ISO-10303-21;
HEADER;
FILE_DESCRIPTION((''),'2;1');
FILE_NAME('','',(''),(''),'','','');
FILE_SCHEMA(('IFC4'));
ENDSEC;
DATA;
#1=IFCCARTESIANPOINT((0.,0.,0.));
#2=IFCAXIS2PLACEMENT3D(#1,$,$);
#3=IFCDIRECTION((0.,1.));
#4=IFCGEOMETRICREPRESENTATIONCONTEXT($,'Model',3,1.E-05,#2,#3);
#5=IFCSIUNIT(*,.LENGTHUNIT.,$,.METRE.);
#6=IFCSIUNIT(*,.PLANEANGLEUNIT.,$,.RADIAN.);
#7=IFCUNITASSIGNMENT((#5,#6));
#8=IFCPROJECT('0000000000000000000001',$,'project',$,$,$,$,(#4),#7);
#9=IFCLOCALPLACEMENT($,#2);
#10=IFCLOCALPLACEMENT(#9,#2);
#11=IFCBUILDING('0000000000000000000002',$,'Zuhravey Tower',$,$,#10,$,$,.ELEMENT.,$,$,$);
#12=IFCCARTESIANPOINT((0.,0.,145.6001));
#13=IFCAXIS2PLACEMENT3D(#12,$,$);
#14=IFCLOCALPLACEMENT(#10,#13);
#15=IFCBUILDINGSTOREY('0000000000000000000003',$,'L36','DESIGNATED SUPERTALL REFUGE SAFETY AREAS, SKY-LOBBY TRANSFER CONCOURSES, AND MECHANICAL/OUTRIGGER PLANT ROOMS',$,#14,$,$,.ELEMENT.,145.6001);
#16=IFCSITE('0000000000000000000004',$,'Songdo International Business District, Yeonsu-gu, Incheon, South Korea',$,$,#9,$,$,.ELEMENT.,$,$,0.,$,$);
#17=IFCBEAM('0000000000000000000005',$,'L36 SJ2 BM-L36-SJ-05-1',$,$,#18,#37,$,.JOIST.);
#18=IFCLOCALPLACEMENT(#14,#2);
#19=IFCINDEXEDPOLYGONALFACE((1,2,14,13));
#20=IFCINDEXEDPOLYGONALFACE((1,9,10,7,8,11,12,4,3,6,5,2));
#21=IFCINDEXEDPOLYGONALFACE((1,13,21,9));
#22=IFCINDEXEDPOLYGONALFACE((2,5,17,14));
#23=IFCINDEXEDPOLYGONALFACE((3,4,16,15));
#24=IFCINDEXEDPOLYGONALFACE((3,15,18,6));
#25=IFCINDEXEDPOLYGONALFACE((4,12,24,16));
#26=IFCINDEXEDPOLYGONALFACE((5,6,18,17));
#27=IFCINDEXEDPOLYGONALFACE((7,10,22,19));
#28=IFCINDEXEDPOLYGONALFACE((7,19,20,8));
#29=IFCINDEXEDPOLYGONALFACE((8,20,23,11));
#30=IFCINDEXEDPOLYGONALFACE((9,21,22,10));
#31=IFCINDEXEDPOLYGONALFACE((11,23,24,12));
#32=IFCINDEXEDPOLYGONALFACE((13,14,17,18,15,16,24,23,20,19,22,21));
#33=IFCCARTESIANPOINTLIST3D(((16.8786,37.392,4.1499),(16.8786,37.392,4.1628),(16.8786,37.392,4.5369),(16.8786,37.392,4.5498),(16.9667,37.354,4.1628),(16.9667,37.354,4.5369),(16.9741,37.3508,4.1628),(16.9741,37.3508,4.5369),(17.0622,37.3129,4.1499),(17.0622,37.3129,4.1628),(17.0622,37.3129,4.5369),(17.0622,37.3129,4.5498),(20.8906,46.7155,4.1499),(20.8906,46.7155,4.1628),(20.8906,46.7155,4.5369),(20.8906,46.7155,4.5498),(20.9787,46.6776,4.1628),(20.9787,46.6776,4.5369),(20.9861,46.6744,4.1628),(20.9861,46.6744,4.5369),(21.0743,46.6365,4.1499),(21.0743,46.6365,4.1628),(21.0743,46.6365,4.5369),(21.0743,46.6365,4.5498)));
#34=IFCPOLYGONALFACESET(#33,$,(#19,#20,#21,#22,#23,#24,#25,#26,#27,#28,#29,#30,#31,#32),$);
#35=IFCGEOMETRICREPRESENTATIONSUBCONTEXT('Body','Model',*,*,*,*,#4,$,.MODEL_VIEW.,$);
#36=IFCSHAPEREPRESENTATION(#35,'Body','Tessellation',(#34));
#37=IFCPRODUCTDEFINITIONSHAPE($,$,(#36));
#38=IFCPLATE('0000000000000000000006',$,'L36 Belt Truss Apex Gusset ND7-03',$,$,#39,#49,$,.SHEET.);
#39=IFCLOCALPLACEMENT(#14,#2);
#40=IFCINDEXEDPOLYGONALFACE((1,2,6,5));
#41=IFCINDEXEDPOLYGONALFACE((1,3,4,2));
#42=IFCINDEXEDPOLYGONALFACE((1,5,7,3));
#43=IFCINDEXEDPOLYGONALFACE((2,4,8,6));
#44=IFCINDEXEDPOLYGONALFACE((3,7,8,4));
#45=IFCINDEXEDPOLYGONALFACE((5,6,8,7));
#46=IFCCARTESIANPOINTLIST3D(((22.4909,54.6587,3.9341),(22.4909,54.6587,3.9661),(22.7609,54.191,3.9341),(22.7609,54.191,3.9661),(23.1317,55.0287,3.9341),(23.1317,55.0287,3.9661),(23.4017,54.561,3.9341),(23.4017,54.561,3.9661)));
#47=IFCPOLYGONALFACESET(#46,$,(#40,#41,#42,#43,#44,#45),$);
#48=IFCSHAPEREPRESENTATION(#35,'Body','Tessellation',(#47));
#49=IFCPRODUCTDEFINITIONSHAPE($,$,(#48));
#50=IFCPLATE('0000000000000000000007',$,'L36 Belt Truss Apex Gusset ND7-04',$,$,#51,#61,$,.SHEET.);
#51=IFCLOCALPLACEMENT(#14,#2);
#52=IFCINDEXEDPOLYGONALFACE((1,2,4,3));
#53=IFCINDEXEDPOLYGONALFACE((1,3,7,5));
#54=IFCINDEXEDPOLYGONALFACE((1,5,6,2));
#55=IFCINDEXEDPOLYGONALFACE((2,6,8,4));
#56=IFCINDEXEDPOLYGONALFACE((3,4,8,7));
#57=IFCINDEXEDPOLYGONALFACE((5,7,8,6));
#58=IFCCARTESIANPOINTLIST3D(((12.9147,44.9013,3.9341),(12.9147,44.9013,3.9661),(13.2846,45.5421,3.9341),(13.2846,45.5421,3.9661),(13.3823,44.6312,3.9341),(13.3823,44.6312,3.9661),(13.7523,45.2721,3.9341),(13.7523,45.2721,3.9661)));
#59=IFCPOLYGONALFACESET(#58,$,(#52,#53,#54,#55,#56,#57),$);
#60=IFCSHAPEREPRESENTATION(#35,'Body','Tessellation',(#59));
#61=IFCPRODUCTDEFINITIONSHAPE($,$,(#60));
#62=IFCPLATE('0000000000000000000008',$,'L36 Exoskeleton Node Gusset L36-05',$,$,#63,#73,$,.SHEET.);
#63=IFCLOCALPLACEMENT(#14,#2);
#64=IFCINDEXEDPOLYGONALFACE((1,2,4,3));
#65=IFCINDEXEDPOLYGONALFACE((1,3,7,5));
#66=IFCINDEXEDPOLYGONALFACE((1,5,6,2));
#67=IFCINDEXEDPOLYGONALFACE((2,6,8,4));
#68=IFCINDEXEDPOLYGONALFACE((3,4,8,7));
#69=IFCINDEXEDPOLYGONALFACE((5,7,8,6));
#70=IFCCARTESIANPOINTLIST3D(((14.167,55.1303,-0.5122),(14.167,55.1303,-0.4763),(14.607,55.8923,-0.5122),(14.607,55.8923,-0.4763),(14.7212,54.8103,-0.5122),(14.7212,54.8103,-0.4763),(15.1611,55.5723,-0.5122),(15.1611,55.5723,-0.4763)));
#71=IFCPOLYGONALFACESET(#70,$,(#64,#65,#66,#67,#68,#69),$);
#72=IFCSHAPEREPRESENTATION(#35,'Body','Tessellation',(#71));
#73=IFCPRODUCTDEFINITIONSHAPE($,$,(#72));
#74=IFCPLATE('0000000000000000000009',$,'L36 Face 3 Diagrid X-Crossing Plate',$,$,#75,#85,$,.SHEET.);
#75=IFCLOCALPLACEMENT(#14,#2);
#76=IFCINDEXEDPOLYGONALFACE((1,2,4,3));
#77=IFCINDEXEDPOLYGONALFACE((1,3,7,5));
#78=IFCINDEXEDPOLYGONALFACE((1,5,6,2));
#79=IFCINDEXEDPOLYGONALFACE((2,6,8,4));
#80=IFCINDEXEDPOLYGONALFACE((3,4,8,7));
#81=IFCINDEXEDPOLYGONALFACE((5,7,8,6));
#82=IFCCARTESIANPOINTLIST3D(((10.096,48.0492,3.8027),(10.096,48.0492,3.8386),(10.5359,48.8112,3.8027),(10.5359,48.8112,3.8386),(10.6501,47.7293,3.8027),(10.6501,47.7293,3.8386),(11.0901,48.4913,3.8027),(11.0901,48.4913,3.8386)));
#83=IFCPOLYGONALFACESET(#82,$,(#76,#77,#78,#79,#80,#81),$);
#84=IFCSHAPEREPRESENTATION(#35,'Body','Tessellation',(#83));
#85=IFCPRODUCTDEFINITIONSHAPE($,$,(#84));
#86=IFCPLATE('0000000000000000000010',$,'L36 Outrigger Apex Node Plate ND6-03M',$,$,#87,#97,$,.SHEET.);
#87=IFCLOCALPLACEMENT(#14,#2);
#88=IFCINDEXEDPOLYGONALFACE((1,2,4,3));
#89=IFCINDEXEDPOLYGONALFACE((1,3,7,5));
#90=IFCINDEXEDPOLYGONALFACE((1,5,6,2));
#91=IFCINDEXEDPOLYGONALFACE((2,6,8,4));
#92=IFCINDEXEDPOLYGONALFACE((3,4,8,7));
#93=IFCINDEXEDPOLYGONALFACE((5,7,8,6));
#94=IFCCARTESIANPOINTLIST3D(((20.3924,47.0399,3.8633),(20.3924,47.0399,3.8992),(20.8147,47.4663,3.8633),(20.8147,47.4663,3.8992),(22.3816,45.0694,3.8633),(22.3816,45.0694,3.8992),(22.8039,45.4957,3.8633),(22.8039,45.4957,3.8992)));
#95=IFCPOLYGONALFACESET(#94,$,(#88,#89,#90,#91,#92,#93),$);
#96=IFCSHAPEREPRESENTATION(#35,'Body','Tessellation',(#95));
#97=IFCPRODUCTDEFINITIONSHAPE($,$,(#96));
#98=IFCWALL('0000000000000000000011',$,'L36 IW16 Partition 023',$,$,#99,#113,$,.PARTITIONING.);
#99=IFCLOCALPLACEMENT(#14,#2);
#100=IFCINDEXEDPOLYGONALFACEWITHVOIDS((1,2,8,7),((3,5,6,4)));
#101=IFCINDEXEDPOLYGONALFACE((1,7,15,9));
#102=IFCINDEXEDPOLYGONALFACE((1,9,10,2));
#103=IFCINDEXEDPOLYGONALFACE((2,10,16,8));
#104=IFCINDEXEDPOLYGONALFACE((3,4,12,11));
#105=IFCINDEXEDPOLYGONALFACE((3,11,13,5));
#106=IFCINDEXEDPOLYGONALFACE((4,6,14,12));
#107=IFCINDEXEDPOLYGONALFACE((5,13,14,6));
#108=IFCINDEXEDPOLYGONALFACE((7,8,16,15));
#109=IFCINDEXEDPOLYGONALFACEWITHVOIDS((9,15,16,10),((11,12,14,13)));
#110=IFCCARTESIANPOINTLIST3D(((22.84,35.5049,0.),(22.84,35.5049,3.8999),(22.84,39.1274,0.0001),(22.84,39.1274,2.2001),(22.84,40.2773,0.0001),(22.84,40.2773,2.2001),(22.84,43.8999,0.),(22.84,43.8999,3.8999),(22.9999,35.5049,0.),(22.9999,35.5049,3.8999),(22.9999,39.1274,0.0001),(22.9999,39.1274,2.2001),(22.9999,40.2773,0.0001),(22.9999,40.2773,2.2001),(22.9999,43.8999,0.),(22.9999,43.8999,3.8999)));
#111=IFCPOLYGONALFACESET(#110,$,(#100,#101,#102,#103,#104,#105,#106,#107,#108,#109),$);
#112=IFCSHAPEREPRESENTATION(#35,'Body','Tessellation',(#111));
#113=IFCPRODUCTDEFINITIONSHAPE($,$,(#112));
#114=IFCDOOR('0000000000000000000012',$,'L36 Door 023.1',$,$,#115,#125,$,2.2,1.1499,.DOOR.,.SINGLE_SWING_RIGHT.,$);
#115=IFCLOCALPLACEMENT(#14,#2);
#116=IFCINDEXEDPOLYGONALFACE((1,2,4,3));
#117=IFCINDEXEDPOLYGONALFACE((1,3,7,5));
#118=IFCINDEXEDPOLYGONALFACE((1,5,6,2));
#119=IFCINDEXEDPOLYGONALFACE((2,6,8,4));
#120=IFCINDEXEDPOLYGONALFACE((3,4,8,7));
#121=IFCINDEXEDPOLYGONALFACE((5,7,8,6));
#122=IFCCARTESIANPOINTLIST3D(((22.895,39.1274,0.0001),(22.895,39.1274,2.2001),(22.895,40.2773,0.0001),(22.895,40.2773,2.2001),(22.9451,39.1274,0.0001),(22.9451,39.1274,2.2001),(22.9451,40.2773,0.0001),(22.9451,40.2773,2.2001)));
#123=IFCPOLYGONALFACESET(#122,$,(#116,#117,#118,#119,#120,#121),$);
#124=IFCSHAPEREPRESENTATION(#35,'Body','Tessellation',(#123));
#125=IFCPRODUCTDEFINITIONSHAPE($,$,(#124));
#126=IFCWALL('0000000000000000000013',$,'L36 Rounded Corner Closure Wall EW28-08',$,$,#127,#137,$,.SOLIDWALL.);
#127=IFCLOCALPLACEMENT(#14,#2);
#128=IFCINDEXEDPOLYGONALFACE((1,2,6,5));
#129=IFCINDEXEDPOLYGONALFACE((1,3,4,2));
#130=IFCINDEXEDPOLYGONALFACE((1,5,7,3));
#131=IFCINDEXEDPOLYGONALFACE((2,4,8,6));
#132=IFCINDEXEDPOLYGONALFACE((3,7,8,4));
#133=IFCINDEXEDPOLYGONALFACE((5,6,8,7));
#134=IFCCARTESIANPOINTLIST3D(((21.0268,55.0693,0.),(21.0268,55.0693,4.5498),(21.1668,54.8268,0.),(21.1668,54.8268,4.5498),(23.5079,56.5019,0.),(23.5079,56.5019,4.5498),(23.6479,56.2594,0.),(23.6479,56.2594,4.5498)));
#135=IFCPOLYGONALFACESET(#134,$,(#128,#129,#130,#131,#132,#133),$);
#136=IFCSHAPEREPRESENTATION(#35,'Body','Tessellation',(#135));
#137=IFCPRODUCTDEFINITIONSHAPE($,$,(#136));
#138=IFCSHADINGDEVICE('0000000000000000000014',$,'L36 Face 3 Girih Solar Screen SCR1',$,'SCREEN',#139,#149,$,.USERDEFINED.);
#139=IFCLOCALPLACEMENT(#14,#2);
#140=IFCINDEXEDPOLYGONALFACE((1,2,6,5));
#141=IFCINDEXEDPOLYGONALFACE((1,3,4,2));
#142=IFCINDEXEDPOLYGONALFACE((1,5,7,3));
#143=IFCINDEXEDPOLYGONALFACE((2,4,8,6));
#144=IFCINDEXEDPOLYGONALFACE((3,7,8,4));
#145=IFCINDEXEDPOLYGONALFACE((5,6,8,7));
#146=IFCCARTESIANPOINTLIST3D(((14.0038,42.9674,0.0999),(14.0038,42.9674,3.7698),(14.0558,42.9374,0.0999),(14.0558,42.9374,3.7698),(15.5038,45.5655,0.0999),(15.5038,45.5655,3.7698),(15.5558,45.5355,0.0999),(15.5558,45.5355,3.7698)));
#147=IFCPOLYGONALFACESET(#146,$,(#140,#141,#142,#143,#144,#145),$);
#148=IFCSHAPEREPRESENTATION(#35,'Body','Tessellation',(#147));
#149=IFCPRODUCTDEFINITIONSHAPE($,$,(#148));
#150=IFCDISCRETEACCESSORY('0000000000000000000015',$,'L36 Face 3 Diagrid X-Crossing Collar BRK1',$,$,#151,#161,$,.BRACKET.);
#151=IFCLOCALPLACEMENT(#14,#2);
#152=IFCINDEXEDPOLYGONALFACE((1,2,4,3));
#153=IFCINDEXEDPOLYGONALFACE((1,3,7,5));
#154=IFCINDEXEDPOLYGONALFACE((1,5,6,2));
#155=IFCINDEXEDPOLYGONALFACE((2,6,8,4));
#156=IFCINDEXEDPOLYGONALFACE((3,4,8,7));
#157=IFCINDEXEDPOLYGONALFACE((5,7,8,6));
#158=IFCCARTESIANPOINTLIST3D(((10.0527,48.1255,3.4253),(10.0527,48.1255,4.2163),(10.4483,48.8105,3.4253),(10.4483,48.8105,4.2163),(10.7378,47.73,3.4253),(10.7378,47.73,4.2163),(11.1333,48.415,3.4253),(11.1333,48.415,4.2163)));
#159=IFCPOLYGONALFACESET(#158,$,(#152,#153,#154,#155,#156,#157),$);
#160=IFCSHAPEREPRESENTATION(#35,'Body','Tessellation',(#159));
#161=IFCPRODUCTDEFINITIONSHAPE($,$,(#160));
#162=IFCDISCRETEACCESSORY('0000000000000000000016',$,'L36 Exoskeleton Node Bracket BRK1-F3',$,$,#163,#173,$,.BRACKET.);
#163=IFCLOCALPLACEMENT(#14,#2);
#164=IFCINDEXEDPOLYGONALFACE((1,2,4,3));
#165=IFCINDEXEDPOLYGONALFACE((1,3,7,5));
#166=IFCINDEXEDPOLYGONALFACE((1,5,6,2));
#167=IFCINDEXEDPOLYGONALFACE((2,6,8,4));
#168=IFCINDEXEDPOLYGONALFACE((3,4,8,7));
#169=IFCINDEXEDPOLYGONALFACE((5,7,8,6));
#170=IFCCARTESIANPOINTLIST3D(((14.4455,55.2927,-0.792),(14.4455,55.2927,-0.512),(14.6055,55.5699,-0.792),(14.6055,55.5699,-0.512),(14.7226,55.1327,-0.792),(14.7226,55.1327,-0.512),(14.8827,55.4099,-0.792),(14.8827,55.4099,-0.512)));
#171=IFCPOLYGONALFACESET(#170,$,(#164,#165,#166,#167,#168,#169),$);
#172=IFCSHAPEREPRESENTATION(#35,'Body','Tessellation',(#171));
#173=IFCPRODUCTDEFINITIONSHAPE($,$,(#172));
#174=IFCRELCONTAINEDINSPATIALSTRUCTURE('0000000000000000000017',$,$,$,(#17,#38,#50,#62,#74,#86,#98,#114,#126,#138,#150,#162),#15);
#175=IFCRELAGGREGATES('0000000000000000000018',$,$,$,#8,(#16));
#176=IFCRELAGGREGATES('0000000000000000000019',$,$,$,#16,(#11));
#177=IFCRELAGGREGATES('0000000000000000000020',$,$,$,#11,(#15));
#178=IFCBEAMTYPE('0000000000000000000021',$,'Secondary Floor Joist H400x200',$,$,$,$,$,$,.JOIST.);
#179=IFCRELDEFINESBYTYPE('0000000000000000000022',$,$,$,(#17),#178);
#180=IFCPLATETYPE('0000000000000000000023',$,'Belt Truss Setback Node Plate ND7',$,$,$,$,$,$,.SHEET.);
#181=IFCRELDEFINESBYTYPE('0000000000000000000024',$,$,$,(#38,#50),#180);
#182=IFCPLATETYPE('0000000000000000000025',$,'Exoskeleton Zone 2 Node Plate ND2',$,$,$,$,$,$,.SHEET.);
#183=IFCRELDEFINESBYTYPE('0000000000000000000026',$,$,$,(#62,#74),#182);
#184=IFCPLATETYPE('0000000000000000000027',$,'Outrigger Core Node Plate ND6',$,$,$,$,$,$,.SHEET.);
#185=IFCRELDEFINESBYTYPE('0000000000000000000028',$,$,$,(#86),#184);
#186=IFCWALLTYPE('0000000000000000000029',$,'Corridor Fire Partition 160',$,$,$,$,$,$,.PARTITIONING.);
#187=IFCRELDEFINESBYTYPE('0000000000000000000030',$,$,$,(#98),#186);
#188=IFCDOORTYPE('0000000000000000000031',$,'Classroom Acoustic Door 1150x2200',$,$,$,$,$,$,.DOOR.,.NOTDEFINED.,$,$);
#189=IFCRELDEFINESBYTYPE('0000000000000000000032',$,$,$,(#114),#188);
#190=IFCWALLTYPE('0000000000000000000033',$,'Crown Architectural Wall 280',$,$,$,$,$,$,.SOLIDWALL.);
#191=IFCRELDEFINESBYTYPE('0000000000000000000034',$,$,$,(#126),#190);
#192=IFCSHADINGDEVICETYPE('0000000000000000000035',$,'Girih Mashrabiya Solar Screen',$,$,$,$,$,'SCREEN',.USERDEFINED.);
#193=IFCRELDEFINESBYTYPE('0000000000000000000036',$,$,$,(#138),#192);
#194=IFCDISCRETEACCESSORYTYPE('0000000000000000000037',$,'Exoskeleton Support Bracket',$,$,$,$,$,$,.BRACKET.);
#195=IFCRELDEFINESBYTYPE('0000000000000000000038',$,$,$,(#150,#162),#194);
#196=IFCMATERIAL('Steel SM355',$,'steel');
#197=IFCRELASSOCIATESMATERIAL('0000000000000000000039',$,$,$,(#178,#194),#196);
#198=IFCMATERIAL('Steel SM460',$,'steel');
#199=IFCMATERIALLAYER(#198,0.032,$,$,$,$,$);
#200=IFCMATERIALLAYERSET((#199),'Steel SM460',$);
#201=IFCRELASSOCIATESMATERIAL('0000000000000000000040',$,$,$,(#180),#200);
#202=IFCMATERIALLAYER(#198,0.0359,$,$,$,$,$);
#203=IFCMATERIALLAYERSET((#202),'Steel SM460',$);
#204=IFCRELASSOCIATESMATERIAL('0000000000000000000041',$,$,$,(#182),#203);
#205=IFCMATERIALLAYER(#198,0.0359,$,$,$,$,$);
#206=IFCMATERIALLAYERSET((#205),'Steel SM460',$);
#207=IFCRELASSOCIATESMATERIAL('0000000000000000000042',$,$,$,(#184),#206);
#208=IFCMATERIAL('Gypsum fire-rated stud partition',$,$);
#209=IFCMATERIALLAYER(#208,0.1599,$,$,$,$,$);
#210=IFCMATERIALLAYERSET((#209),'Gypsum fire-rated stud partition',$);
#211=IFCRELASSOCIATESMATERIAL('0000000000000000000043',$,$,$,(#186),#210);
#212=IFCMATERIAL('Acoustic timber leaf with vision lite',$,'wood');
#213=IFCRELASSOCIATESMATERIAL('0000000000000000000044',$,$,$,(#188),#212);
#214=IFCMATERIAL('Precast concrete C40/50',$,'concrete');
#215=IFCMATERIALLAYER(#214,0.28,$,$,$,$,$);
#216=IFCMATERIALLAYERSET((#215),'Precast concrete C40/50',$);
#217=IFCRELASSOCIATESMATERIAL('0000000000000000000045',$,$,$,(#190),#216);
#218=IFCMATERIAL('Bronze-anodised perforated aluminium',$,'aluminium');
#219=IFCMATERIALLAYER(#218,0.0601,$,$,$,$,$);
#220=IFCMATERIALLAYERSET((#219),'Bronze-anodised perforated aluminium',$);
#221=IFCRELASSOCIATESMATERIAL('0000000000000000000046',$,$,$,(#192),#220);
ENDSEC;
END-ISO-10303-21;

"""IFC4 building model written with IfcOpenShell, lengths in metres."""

from ifc_helpers import new_model, si_unit, direction, frame, frame_2d, origin, origin_2d, place, context, subcontext, project, spatial, rectangle, i_section, extrude, material, layer, layer_set, material_profile, profile_set, type_object, element, fill, save


model = new_model("IFC4")

# Units and contexts
model_context = context("Model", 3, precision=1e-05, world=origin(), true_north=direction((0.0, 1.0)))
body_context = subcontext(model_context, "Body", "Model", "MODEL_VIEW")
ifc_project = project(units=[si_unit("LENGTHUNIT", "METRE"), si_unit("PLANEANGLEUNIT", "RADIAN")], contexts=[model_context])

# Site, building, storey
site_placement = place(None, origin())
site = spatial("IfcSite", under=ifc_project, at=site_placement, Name="Songdo International Business District, Yeonsu-gu, Incheon, South Korea", CompositionType="ELEMENT", RefElevation=0.0)
building_placement = place(site_placement, origin())
building = spatial("IfcBuilding", under=site, at=building_placement, Name="Zuhravey Tower", CompositionType="ELEMENT")
storey_placement = place(building_placement, frame((0.0, 0.0, 145.6001)))
storey = spatial("IfcBuildingStorey", under=building, at=storey_placement, Name="L36", Description="DESIGNATED SUPERTALL REFUGE SAFETY AREAS, SKY-LOBBY TRANSFER CONCOURSES, AND MECHANICAL/OUTRIGGER PLANT ROOMS", CompositionType="ELEMENT", Elevation=145.6001)

# Shared definitions
ifc_material_1 = material(Name="Steel SM355", Category="steel")
ifc_material_2 = material(Name="Steel SM460", Category="steel")

# Beam
ifc_material_profile_1 = material_profile(ifc_material_1, i_section(OverallWidth=0.2, OverallDepth=0.3999, WebThickness=0.0081, FlangeThickness=0.0129, at=origin_2d()), Name="H-400x200x8x13")
ifc_profile_set_1 = profile_set([ifc_material_profile_1], Name="Steel SM355")
beam_type_1 = type_object("IfcBeamType", Name="Secondary Floor Joist H400x200", PredefinedType="JOIST", material=ifc_profile_set_1)
beam_1_placement = place(storey_placement, frame((20.9824, 46.676, 4.3499), z_axis=(-0.395266, -0.918567, 0.0), x_axis=(0.918567, -0.395266, 0.0)))
element("IfcBeam", 1, at=beam_1_placement, inside=storey, type_object=beam_type_1, Name="L36 SJ2 BM-L36-SJ-05-1", PredefinedType="JOIST", context=body_context, shape_type="SweptSolid", body=[
    extrude(i_section(OverallWidth=0.2, OverallDepth=0.3999, WebThickness=0.0081, FlangeThickness=0.0129, at=origin_2d()), origin(), (0.0, 0.0, 1.0), 10.1501),
])

# Plates
ifc_layer_1 = layer(ifc_material_2, 0.032)
ifc_layer_set_1 = layer_set([ifc_layer_1], Name="Steel SM460")
plate_type_1 = type_object("IfcPlateType", Name="Belt Truss Setback Node Plate ND7", PredefinedType="SHEET", material=ifc_layer_set_1)
for number, where, z_axis, x_axis, name in (
    (2, (22.9463, 54.6099, 3.9341), (0.0, 0.0, 1.0), (-0.866025, -0.5, 0.0), "L36 Belt Truss Apex Gusset ND7-03"),
    (3, (13.3335, 45.0867, 3.9341), (0.0, 0.0, 1.0), (-0.5, -0.866025, 0.0), "L36 Belt Truss Apex Gusset ND7-04"),
):
    element("IfcPlate", number, at=place(storey_placement, frame(where, z_axis=z_axis, x_axis=x_axis)), inside=storey, type_object=plate_type_1, Name=name, PredefinedType="SHEET", context=body_context, shape_type="SweptSolid", body=[
        extrude(rectangle(XDim=0.74, YDim=0.54, at=origin_2d()), origin(), (0.0, 0.0, 1.0), 0.032),
    ])
ifc_layer_2 = layer(ifc_material_2, 0.0359)
ifc_layer_set_2 = layer_set([ifc_layer_2], Name="Steel SM460")
plate_type_2 = type_object("IfcPlateType", Name="Exoskeleton Zone 2 Node Plate ND2", PredefinedType="SHEET", material=ifc_layer_set_2)
for number, where, z_axis, x_axis, name in (
    (4, (14.6641, 55.3513, -0.5122), (0.0, 0.0, 1.0), (-0.5, -0.866025, 0.0), "L36 Exoskeleton Node Gusset L36-05"),
    (5, (10.593, 48.2703, 3.8027), (0.0, 0.0, 1.0), (-0.5, -0.866025, 0.0), "L36 Face 3 Diagrid X-Crossing Plate"),
):
    element("IfcPlate", number, at=place(storey_placement, frame(where, z_axis=z_axis, x_axis=x_axis)), inside=storey, type_object=plate_type_2, Name=name, PredefinedType="SHEET", context=body_context, shape_type="SweptSolid", body=[
        extrude(rectangle(XDim=0.8799, YDim=0.6399, at=origin_2d()), origin(), (0.0, 0.0, 1.0), 0.0359),
    ])
ifc_layer_3 = layer(ifc_material_2, 0.0359)
ifc_layer_set_3 = layer_set([ifc_layer_3], Name="Steel SM460")
plate_type_3 = type_object("IfcPlateType", Name="Outrigger Core Node Plate ND6", PredefinedType="SHEET", material=ifc_layer_set_3)
plate_placement = place(storey_placement, frame((21.5981, 46.2678, 3.8633), z_axis=(0.0, 0.0, 1.0), x_axis=(-0.710431, 0.703767, 0.0)))
element("IfcPlate", 6, at=plate_placement, inside=storey, type_object=plate_type_3, Name="L36 Outrigger Apex Node Plate ND6-03M", PredefinedType="SHEET", context=body_context, shape_type="SweptSolid", body=[
    extrude(rectangle(XDim=2.8, YDim=0.6001, at=origin_2d()), origin(), (0.0, 0.0, 1.0), 0.0359),
])

# Wall, opening, door
ifc_material_3 = material(Name="Gypsum fire-rated stud partition")
ifc_layer_4 = layer(ifc_material_3, 0.1599)
ifc_layer_set_4 = layer_set([ifc_layer_4], Name="Gypsum fire-rated stud partition")
wall_type_1 = type_object("IfcWallType", Name="Corridor Fire Partition 160", PredefinedType="PARTITIONING", material=ifc_layer_set_4)
wall_1_placement = place(storey_placement, frame((22.9199, 43.8999, 0.0), z_axis=(0.0, 0.0, 1.0), x_axis=(0.0, -1.0, 0.0)))
wall_1 = element("IfcWall", 7, at=wall_1_placement, inside=storey, type_object=wall_type_1, Name="L36 IW16 Partition 023", PredefinedType="PARTITIONING", context=body_context, shape_type="SweptSolid", body=[
    extrude(rectangle(XDim=8.395, YDim=0.1599, at=frame_2d((4.1975, 0.0))), origin(), (0.0, 0.0, 1.0), 3.8999),
])
opening_placement = place(wall_1_placement, frame((3.6226, 0.0, 0.0)))
opening = element("IfcOpeningElement", 8, at=opening_placement, cuts=wall_1, PredefinedType="OPENING", context=body_context, shape_type="SweptSolid", body=[
    extrude(rectangle(XDim=1.1499, YDim=2.2, at=frame_2d((0.575, 1.1001))), frame((0.0, 0.092, 0.0), z_axis=(0.0, -1.0, 0.0), x_axis=(1.0, 0.0, 0.0)), (0.0, 0.0, 1.0), 0.1838),
])
ifc_material_4 = material(Name="Acoustic timber leaf with vision lite", Category="wood")
door_type = type_object("IfcDoorType", Name="Classroom Acoustic Door 1150x2200", OperationType="NOTDEFINED", PredefinedType="DOOR", material=ifc_material_4)
door_placement = place(opening_placement, frame((1.1499, 0.0, 0.0), z_axis=(0.0, 0.0, 1.0), x_axis=(-1.0, 0.0, 0.0)))
door = element("IfcDoor", 9, at=door_placement, inside=storey, type_object=door_type, Name="L36 Door 023.1", OperationType="SINGLE_SWING_RIGHT", OverallHeight=2.2, OverallWidth=1.1499, PredefinedType="DOOR", context=body_context, shape_type="SweptSolid", body=[
    extrude(rectangle(XDim=1.1499, YDim=2.2, at=frame_2d((0.575, 1.1001))), frame((0.0, 0.0249, 0.0), z_axis=(0.0, -1.0, 0.0), x_axis=(1.0, 0.0, 0.0)), (0.0, 0.0, 1.0), 0.05),
])
fill(opening, door)

# Wall
ifc_material_5 = material(Name="Precast concrete C40/50", Category="concrete")
ifc_layer_5 = layer(ifc_material_5, 0.28)
ifc_layer_set_5 = layer_set([ifc_layer_5], Name="Precast concrete C40/50")
wall_type_2 = type_object("IfcWallType", Name="Crown Architectural Wall 280", PredefinedType="SOLIDWALL", material=ifc_layer_set_5)
wall_2_placement = place(storey_placement, frame((21.0967, 54.948, 0.0), z_axis=(0.0, 0.0, 1.0), x_axis=(0.866011, 0.500025, 0.0)))
element("IfcWall", 10, at=wall_2_placement, inside=storey, type_object=wall_type_2, Name="L36 Rounded Corner Closure Wall EW28-08", PredefinedType="SOLIDWALL", context=body_context, shape_type="SweptSolid", body=[
    extrude(rectangle(XDim=2.865, YDim=0.28, at=frame_2d((1.4326, 0.0))), origin(), (0.0, 0.0, 1.0), 4.5498),
])

# Shading device
ifc_material_6 = material(Name="Bronze-anodised perforated aluminium", Category="aluminium")
ifc_layer_6 = layer(ifc_material_6, 0.0601)
ifc_layer_set_6 = layer_set([ifc_layer_6], Name="Bronze-anodised perforated aluminium")
shading_device_type = type_object("IfcShadingDeviceType", Name="Girih Mashrabiya Solar Screen", ElementType="SCREEN", PredefinedType="USERDEFINED", material=ifc_layer_set_6)
shading_device_placement = place(storey_placement, frame((14.7798, 44.2515, 0.0999), z_axis=(0.0, 0.0, 1.0), x_axis=(0.5, 0.866025, 0.0)))
element("IfcShadingDevice", 11, at=shading_device_placement, inside=storey, type_object=shading_device_type, Name="L36 Face 3 Girih Solar Screen SCR1", ObjectType="SCREEN", PredefinedType="USERDEFINED", context=body_context, shape_type="SweptSolid", body=[
    extrude(rectangle(XDim=3.0, YDim=0.0601, at=origin_2d()), origin(), (0.0, 0.0, 1.0), 3.6699),
])

# Discrete accessories
discrete_accessory_type = type_object("IfcDiscreteAccessoryType", Name="Exoskeleton Support Bracket", PredefinedType="BRACKET", material=ifc_material_1)
discrete_accessory_1_placement = place(storey_placement, frame((10.593, 48.2703, 3.4253), z_axis=(0.0, 0.0, 1.0), x_axis=(-0.5, -0.866025, 0.0)))
element("IfcDiscreteAccessory", 12, at=discrete_accessory_1_placement, inside=storey, type_object=discrete_accessory_type, Name="L36 Face 3 Diagrid X-Crossing Collar BRK1", PredefinedType="BRACKET", context=body_context, shape_type="SweptSolid", body=[
    extrude(rectangle(XDim=0.791, YDim=0.791, at=origin_2d()), origin(), (0.0, 0.0, 1.0), 0.791),
])
discrete_accessory_2_placement = place(storey_placement, frame((14.6641, 55.3513, -0.792), z_axis=(0.0, 0.0, 1.0), x_axis=(-0.5, -0.866025, 0.0)))
element("IfcDiscreteAccessory", 13, at=discrete_accessory_2_placement, inside=storey, type_object=discrete_accessory_type, Name="L36 Exoskeleton Node Bracket BRK1-F3", PredefinedType="BRACKET", context=body_context, shape_type="SweptSolid", body=[
    extrude(rectangle(XDim=0.3201, YDim=0.3201, at=origin_2d()), origin(), (0.0, 0.0, 1.0), 0.28),
])

save(model, "model.ifc")
